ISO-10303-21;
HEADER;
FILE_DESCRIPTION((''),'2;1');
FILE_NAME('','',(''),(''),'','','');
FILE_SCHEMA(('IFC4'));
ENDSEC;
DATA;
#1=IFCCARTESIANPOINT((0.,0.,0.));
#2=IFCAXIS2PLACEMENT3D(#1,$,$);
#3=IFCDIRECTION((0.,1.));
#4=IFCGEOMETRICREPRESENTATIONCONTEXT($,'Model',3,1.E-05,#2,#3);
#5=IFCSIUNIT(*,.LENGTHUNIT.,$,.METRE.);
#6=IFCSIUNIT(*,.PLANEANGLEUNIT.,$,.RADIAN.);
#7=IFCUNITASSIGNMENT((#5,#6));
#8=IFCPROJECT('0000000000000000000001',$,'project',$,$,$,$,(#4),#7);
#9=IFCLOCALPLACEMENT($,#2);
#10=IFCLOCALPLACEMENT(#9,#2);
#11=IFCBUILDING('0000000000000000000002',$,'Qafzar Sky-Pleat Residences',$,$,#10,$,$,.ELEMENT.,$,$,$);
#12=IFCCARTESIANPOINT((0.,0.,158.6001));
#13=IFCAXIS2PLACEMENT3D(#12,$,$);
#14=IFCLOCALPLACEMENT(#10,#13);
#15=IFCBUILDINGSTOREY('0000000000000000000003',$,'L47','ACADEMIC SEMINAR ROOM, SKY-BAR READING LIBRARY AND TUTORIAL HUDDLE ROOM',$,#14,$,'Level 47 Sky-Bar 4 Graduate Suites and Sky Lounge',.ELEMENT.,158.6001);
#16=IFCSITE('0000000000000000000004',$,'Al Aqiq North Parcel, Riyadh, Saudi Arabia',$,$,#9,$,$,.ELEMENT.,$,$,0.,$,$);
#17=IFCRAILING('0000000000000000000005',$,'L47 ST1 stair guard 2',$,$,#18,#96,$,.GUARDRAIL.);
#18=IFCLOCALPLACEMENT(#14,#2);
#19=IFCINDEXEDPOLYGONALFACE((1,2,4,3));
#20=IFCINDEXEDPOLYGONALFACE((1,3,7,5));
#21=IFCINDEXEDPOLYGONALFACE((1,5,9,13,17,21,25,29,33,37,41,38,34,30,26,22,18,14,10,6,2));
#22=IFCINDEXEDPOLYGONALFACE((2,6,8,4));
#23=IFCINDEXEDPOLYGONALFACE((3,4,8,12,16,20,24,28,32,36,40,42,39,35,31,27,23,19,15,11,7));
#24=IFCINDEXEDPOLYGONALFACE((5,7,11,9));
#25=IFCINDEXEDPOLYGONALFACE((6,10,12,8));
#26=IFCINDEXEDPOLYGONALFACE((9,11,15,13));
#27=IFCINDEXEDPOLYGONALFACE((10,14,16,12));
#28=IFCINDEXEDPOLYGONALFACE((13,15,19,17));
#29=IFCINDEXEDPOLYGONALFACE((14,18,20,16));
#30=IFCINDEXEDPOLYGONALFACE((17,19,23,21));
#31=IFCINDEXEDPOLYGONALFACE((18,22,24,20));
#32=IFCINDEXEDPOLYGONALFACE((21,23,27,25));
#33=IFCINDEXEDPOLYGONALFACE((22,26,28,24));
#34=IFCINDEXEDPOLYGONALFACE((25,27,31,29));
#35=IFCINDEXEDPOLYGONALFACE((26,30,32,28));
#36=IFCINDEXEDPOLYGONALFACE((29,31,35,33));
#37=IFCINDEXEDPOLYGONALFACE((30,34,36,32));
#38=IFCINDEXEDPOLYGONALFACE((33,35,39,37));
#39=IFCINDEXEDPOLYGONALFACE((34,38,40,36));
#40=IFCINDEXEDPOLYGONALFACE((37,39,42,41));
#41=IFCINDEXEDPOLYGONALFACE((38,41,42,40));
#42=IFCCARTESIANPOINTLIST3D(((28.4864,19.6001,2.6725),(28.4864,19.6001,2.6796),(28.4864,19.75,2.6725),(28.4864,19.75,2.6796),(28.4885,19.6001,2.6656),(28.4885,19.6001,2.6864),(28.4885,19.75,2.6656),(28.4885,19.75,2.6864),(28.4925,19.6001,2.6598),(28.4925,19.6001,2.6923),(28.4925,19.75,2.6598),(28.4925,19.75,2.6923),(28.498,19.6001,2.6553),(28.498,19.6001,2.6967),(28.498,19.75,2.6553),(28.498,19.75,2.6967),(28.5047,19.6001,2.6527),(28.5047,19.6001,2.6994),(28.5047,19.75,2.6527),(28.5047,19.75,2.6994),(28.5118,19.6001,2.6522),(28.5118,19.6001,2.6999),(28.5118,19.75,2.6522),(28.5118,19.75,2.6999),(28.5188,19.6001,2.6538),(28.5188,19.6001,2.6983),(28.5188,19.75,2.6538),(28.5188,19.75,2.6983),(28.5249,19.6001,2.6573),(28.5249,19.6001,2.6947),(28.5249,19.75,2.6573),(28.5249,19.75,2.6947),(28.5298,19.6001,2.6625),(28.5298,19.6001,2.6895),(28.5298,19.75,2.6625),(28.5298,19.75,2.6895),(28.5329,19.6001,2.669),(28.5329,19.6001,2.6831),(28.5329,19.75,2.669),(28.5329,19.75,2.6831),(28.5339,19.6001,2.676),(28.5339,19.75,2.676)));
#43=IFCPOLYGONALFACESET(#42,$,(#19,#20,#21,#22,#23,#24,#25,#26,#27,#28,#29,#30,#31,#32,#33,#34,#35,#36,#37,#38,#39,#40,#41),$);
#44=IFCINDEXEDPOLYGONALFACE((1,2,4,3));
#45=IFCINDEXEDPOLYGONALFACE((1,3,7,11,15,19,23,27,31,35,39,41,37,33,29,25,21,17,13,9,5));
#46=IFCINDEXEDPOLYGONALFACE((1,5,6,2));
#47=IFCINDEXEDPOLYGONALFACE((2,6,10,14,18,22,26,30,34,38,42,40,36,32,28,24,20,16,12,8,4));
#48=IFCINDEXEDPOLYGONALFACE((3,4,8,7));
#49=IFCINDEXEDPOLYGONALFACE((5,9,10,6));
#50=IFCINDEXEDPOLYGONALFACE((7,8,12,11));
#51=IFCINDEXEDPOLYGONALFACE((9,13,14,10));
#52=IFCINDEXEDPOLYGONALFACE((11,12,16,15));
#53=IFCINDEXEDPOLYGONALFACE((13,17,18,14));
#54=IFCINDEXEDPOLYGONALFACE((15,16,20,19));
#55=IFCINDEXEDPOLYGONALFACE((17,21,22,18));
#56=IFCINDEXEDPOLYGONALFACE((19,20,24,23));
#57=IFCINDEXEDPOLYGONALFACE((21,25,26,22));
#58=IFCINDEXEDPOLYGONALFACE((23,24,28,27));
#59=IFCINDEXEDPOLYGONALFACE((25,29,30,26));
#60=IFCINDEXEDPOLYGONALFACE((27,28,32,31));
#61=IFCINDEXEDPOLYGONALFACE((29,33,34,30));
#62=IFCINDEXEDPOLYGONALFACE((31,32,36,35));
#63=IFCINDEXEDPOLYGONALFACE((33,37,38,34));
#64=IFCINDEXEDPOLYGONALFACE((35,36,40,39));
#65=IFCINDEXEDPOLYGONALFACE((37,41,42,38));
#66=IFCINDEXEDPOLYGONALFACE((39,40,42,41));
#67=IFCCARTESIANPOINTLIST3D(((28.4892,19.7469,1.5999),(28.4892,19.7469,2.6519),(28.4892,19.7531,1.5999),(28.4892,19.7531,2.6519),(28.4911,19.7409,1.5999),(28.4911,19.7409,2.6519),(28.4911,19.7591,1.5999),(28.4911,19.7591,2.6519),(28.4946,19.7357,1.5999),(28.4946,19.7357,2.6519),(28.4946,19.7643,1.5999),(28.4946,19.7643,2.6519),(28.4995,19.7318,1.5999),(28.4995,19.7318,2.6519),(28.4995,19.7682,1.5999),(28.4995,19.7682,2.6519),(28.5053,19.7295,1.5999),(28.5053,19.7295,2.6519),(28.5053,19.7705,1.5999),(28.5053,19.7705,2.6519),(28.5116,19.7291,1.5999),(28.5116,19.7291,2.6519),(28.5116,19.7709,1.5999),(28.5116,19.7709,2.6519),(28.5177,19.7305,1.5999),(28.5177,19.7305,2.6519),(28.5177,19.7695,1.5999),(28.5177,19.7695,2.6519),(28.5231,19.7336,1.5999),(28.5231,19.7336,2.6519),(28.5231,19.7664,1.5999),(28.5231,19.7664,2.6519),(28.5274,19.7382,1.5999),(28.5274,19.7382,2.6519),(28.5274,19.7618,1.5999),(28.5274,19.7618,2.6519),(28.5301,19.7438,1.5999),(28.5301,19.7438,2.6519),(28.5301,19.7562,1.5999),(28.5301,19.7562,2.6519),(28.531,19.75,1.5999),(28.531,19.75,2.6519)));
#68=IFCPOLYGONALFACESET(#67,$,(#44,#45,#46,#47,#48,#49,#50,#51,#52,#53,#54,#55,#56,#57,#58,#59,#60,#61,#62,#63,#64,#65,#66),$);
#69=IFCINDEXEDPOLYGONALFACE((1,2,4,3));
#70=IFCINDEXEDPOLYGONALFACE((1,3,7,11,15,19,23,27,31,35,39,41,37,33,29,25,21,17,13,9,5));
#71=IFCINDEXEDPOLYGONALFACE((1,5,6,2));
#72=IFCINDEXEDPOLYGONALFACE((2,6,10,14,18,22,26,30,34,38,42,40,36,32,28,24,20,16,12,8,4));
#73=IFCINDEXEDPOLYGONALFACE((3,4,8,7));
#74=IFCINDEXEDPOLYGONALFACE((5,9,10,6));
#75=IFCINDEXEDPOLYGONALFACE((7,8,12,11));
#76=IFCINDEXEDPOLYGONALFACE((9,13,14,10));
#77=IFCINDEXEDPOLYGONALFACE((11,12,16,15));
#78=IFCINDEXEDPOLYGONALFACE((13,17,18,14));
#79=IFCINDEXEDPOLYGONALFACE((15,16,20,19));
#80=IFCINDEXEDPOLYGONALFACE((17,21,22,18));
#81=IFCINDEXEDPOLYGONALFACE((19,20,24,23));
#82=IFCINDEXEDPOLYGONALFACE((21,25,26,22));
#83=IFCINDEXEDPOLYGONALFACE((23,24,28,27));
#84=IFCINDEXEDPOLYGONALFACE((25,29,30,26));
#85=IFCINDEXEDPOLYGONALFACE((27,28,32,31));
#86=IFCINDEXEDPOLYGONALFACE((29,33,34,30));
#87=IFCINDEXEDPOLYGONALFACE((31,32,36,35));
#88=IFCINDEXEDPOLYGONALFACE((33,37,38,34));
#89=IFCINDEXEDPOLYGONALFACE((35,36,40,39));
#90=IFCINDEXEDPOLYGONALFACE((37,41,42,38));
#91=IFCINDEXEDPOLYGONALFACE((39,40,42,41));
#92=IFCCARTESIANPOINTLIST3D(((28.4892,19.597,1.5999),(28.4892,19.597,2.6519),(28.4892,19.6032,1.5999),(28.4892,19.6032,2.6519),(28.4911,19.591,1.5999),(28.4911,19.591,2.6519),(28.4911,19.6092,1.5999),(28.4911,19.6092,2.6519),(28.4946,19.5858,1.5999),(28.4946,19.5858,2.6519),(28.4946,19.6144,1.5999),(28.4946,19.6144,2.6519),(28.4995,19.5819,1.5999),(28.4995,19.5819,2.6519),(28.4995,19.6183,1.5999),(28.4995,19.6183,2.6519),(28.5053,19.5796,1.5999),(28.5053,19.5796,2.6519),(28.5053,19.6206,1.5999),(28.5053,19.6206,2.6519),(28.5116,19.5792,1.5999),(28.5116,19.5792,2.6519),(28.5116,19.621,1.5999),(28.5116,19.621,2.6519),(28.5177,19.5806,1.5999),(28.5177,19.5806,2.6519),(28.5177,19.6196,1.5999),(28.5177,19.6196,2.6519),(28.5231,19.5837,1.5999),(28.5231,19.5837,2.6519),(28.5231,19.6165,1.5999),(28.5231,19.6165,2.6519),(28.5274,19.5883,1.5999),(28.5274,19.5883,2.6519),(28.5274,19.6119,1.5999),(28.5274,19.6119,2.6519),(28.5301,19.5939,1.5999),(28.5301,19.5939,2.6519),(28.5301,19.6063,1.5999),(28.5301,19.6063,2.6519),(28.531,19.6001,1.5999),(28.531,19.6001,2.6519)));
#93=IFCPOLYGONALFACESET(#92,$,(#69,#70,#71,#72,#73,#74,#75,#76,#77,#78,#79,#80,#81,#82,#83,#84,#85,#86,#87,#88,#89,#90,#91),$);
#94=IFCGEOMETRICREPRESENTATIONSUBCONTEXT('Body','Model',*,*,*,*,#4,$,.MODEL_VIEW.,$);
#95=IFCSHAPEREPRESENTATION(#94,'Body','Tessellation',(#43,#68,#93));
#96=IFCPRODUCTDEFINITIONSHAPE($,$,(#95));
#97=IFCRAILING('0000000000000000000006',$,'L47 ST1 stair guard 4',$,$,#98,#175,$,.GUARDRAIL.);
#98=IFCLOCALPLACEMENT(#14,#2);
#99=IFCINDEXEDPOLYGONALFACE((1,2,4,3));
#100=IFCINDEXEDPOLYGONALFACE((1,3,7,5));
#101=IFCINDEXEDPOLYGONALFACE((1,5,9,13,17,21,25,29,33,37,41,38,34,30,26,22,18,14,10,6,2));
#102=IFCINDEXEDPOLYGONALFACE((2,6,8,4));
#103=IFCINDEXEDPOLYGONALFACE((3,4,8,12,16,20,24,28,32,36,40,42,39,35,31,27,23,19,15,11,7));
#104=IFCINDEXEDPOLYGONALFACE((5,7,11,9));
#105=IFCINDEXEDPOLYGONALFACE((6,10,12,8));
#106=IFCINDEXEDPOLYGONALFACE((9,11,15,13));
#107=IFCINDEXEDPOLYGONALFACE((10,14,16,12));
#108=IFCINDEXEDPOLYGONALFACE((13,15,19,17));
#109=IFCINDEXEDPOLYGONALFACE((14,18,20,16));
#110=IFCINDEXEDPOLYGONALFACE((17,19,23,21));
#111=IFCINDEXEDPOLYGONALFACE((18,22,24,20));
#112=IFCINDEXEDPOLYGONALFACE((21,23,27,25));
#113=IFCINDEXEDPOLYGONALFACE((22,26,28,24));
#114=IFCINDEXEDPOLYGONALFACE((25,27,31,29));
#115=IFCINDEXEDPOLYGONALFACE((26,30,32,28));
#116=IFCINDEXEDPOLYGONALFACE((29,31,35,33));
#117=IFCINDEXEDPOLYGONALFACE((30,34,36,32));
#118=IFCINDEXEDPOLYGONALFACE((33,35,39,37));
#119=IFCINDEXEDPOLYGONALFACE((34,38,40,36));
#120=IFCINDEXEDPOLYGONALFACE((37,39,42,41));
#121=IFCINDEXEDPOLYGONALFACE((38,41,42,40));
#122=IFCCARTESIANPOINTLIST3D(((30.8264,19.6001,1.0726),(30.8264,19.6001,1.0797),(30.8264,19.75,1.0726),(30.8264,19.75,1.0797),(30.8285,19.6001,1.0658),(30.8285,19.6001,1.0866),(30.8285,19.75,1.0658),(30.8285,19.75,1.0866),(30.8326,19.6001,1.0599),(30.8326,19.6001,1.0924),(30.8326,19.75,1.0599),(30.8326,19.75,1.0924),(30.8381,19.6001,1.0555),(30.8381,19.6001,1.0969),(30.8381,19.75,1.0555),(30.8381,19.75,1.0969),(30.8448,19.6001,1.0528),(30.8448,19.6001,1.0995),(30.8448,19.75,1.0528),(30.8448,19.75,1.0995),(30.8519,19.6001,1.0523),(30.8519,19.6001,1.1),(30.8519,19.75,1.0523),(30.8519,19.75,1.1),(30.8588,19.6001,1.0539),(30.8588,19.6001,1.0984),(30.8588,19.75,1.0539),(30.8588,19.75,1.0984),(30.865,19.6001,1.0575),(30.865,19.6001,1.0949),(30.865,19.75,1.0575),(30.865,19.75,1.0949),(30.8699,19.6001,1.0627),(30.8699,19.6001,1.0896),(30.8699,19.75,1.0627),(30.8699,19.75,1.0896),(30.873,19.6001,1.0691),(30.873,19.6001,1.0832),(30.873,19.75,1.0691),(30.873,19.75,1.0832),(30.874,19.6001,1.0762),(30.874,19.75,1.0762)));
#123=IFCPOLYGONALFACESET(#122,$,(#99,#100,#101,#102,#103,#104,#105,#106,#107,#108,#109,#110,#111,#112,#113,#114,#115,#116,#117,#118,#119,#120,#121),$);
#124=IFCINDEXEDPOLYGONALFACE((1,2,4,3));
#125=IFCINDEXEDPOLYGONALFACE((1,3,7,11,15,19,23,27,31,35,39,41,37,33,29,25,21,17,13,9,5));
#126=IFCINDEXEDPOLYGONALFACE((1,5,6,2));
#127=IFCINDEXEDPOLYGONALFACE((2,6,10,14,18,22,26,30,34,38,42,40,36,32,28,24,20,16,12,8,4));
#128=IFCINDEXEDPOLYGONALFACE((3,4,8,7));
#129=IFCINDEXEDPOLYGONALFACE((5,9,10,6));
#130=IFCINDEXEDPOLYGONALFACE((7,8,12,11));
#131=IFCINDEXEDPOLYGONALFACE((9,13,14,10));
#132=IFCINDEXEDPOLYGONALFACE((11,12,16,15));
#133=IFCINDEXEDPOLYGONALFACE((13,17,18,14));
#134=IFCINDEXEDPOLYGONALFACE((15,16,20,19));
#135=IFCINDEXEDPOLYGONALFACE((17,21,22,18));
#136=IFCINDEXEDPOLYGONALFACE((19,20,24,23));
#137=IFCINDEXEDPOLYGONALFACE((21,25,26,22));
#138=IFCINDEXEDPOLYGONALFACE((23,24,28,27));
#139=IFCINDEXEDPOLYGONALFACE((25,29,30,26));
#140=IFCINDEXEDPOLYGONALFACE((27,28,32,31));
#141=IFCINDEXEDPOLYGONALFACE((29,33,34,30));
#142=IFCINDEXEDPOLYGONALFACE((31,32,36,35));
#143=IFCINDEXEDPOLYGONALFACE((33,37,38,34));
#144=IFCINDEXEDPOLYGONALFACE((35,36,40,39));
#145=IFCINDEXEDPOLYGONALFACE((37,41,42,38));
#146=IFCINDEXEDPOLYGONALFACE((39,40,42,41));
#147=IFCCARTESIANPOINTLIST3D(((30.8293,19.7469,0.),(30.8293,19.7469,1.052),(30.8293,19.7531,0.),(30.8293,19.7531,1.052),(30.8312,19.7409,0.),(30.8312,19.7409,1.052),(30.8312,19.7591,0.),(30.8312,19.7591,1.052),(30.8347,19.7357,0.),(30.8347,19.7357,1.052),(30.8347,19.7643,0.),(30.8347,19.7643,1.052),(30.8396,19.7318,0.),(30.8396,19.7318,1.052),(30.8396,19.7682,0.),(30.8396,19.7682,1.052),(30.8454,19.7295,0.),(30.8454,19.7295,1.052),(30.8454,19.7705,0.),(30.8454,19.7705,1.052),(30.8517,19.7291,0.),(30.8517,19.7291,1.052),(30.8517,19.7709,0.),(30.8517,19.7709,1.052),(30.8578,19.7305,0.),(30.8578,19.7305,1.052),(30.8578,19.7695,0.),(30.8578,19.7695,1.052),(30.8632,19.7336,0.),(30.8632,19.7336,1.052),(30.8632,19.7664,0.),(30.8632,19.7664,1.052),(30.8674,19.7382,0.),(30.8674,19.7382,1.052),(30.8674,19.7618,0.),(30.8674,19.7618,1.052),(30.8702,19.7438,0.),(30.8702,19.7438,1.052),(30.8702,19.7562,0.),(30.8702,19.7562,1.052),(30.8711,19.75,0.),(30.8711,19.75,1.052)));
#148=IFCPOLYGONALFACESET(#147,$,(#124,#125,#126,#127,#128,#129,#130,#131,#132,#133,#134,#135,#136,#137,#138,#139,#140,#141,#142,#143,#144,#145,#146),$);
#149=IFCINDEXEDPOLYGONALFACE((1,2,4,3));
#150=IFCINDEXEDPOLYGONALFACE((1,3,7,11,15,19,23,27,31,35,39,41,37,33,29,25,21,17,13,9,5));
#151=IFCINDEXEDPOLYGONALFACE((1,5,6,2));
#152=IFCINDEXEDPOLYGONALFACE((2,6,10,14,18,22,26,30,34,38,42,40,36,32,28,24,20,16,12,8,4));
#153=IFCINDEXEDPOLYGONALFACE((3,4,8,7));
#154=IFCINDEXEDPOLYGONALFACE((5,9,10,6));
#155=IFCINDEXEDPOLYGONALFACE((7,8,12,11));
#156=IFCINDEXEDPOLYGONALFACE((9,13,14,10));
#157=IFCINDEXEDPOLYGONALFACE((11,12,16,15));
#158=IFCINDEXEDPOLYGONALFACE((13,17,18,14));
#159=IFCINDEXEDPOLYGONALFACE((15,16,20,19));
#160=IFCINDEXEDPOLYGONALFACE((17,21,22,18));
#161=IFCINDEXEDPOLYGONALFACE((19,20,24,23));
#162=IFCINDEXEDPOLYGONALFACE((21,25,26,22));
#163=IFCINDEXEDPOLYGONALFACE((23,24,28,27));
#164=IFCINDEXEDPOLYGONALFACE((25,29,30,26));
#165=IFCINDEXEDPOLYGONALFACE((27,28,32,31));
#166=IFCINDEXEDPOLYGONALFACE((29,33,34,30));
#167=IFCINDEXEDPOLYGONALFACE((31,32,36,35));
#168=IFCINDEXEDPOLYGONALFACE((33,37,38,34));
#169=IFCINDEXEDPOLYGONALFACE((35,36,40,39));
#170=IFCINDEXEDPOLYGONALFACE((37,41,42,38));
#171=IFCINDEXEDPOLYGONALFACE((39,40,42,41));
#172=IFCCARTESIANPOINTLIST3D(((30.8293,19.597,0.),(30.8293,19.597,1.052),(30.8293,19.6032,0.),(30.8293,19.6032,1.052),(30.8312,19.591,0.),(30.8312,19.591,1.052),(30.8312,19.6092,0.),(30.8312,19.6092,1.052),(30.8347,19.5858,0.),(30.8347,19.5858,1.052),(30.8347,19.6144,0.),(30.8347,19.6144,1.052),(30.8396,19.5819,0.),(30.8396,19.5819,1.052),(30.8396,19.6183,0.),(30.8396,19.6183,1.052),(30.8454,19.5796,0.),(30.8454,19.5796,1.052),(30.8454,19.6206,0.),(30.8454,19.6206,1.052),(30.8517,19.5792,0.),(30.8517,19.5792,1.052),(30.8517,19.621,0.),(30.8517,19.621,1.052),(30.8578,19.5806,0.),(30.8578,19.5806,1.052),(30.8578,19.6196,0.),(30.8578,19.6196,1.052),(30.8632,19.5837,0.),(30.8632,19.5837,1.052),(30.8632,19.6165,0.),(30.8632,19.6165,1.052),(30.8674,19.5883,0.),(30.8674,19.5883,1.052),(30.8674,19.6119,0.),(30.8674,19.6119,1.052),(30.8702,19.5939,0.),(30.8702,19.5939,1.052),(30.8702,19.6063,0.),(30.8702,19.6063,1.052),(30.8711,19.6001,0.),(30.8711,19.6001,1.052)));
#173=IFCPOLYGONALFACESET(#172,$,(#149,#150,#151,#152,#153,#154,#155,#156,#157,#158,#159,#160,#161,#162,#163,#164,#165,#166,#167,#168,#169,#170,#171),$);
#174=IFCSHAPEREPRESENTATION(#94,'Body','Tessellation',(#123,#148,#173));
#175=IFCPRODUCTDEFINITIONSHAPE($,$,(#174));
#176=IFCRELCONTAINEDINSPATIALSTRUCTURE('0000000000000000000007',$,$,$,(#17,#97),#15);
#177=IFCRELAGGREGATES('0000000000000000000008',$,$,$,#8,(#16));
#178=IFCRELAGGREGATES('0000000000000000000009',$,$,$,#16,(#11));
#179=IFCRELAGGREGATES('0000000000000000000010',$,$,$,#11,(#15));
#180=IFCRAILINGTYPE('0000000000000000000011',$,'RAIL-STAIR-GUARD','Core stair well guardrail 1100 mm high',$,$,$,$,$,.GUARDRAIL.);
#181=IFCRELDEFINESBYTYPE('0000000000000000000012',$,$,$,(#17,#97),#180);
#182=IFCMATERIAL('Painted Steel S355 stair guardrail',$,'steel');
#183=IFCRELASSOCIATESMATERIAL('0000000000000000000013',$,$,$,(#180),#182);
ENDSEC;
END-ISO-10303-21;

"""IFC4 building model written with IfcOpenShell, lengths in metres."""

from ifc_helpers import new_model, si_unit, direction, frame, origin, origin_2d, place, context, subcontext, project, spatial, circle, extrude, source, transform, mapped, material, type_object, element, save


model = new_model("IFC4")

# Units and contexts
model_context = context("Model", 3, precision=1e-05, world=origin(), true_north=direction((0.0, 1.0)))
body_context = subcontext(model_context, "Body", "Model", "MODEL_VIEW")
ifc_project = project(units=[si_unit("LENGTHUNIT", "METRE"), si_unit("PLANEANGLEUNIT", "RADIAN")], contexts=[model_context])

# Site, building, storey
site_placement = place(None, origin())
site = spatial("IfcSite", under=ifc_project, at=site_placement, Name="Al Aqiq North Parcel, Riyadh, Saudi Arabia", CompositionType="ELEMENT", RefElevation=0.0)
building_placement = place(site_placement, origin())
building = spatial("IfcBuilding", under=site, at=building_placement, Name="Qafzar Sky-Pleat Residences", CompositionType="ELEMENT")
storey_placement = place(building_placement, frame((0.0, 0.0, 158.6001)))
storey = spatial("IfcBuildingStorey", under=building, at=storey_placement, Name="L47", Description="ACADEMIC SEMINAR ROOM, SKY-BAR READING LIBRARY AND TUTORIAL HUDDLE ROOM", LongName="Level 47 Sky-Bar 4 Graduate Suites and Sky Lounge", CompositionType="ELEMENT", Elevation=158.6001)

# Railings
ifc_material_1 = material(Name="Painted Steel S355 stair guardrail", Category="steel")
railing_type_1 = type_object("IfcRailingType", Name="RAIL-STAIR-GUARD", Description="Core stair well guardrail 1100 mm high", PredefinedType="GUARDRAIL", material=ifc_material_1)
shared_shape_1 = source(origin(), body_context, "Body", "SweptSolid", [
    extrude(circle(Radius=0.0239, at=origin_2d()), frame((0.0, 0.0, 1.0762), z_axis=(0.0, -1.0, 0.0), x_axis=(1.0, 0.0, 0.0)), (0.0, 0.0, 1.0), 0.1499),
    extrude(circle(Radius=0.021, at=origin_2d()), origin(), (0.0, 0.0, 1.0), 1.052),
    extrude(circle(Radius=0.021, at=origin_2d()), frame((0.0, -0.1499, 0.0)), (0.0, 0.0, 1.0), 1.052),
])
for number, where, name in (
    (1, (28.51, 19.75, 1.5999), "L47 ST1 stair guard 2"),
    (2, (30.8501, 19.75, 0.0), "L47 ST1 stair guard 4"),
):
    element("IfcRailing", number, at=place(storey_placement, frame(where)), inside=storey, type_object=railing_type_1, Name=name, PredefinedType="GUARDRAIL", context=body_context, shape_type="MappedRepresentation", body=[
        mapped(shared_shape_1, transform((0.0, 0.0, 0.0), x_axis=(1.0, 0.0, 0.0), y_axis=(0.0, 1.0, 0.0), z_axis=(0.0, 0.0, 1.0), scale=1.0)),
    ])

save(model, "model.ifc")
